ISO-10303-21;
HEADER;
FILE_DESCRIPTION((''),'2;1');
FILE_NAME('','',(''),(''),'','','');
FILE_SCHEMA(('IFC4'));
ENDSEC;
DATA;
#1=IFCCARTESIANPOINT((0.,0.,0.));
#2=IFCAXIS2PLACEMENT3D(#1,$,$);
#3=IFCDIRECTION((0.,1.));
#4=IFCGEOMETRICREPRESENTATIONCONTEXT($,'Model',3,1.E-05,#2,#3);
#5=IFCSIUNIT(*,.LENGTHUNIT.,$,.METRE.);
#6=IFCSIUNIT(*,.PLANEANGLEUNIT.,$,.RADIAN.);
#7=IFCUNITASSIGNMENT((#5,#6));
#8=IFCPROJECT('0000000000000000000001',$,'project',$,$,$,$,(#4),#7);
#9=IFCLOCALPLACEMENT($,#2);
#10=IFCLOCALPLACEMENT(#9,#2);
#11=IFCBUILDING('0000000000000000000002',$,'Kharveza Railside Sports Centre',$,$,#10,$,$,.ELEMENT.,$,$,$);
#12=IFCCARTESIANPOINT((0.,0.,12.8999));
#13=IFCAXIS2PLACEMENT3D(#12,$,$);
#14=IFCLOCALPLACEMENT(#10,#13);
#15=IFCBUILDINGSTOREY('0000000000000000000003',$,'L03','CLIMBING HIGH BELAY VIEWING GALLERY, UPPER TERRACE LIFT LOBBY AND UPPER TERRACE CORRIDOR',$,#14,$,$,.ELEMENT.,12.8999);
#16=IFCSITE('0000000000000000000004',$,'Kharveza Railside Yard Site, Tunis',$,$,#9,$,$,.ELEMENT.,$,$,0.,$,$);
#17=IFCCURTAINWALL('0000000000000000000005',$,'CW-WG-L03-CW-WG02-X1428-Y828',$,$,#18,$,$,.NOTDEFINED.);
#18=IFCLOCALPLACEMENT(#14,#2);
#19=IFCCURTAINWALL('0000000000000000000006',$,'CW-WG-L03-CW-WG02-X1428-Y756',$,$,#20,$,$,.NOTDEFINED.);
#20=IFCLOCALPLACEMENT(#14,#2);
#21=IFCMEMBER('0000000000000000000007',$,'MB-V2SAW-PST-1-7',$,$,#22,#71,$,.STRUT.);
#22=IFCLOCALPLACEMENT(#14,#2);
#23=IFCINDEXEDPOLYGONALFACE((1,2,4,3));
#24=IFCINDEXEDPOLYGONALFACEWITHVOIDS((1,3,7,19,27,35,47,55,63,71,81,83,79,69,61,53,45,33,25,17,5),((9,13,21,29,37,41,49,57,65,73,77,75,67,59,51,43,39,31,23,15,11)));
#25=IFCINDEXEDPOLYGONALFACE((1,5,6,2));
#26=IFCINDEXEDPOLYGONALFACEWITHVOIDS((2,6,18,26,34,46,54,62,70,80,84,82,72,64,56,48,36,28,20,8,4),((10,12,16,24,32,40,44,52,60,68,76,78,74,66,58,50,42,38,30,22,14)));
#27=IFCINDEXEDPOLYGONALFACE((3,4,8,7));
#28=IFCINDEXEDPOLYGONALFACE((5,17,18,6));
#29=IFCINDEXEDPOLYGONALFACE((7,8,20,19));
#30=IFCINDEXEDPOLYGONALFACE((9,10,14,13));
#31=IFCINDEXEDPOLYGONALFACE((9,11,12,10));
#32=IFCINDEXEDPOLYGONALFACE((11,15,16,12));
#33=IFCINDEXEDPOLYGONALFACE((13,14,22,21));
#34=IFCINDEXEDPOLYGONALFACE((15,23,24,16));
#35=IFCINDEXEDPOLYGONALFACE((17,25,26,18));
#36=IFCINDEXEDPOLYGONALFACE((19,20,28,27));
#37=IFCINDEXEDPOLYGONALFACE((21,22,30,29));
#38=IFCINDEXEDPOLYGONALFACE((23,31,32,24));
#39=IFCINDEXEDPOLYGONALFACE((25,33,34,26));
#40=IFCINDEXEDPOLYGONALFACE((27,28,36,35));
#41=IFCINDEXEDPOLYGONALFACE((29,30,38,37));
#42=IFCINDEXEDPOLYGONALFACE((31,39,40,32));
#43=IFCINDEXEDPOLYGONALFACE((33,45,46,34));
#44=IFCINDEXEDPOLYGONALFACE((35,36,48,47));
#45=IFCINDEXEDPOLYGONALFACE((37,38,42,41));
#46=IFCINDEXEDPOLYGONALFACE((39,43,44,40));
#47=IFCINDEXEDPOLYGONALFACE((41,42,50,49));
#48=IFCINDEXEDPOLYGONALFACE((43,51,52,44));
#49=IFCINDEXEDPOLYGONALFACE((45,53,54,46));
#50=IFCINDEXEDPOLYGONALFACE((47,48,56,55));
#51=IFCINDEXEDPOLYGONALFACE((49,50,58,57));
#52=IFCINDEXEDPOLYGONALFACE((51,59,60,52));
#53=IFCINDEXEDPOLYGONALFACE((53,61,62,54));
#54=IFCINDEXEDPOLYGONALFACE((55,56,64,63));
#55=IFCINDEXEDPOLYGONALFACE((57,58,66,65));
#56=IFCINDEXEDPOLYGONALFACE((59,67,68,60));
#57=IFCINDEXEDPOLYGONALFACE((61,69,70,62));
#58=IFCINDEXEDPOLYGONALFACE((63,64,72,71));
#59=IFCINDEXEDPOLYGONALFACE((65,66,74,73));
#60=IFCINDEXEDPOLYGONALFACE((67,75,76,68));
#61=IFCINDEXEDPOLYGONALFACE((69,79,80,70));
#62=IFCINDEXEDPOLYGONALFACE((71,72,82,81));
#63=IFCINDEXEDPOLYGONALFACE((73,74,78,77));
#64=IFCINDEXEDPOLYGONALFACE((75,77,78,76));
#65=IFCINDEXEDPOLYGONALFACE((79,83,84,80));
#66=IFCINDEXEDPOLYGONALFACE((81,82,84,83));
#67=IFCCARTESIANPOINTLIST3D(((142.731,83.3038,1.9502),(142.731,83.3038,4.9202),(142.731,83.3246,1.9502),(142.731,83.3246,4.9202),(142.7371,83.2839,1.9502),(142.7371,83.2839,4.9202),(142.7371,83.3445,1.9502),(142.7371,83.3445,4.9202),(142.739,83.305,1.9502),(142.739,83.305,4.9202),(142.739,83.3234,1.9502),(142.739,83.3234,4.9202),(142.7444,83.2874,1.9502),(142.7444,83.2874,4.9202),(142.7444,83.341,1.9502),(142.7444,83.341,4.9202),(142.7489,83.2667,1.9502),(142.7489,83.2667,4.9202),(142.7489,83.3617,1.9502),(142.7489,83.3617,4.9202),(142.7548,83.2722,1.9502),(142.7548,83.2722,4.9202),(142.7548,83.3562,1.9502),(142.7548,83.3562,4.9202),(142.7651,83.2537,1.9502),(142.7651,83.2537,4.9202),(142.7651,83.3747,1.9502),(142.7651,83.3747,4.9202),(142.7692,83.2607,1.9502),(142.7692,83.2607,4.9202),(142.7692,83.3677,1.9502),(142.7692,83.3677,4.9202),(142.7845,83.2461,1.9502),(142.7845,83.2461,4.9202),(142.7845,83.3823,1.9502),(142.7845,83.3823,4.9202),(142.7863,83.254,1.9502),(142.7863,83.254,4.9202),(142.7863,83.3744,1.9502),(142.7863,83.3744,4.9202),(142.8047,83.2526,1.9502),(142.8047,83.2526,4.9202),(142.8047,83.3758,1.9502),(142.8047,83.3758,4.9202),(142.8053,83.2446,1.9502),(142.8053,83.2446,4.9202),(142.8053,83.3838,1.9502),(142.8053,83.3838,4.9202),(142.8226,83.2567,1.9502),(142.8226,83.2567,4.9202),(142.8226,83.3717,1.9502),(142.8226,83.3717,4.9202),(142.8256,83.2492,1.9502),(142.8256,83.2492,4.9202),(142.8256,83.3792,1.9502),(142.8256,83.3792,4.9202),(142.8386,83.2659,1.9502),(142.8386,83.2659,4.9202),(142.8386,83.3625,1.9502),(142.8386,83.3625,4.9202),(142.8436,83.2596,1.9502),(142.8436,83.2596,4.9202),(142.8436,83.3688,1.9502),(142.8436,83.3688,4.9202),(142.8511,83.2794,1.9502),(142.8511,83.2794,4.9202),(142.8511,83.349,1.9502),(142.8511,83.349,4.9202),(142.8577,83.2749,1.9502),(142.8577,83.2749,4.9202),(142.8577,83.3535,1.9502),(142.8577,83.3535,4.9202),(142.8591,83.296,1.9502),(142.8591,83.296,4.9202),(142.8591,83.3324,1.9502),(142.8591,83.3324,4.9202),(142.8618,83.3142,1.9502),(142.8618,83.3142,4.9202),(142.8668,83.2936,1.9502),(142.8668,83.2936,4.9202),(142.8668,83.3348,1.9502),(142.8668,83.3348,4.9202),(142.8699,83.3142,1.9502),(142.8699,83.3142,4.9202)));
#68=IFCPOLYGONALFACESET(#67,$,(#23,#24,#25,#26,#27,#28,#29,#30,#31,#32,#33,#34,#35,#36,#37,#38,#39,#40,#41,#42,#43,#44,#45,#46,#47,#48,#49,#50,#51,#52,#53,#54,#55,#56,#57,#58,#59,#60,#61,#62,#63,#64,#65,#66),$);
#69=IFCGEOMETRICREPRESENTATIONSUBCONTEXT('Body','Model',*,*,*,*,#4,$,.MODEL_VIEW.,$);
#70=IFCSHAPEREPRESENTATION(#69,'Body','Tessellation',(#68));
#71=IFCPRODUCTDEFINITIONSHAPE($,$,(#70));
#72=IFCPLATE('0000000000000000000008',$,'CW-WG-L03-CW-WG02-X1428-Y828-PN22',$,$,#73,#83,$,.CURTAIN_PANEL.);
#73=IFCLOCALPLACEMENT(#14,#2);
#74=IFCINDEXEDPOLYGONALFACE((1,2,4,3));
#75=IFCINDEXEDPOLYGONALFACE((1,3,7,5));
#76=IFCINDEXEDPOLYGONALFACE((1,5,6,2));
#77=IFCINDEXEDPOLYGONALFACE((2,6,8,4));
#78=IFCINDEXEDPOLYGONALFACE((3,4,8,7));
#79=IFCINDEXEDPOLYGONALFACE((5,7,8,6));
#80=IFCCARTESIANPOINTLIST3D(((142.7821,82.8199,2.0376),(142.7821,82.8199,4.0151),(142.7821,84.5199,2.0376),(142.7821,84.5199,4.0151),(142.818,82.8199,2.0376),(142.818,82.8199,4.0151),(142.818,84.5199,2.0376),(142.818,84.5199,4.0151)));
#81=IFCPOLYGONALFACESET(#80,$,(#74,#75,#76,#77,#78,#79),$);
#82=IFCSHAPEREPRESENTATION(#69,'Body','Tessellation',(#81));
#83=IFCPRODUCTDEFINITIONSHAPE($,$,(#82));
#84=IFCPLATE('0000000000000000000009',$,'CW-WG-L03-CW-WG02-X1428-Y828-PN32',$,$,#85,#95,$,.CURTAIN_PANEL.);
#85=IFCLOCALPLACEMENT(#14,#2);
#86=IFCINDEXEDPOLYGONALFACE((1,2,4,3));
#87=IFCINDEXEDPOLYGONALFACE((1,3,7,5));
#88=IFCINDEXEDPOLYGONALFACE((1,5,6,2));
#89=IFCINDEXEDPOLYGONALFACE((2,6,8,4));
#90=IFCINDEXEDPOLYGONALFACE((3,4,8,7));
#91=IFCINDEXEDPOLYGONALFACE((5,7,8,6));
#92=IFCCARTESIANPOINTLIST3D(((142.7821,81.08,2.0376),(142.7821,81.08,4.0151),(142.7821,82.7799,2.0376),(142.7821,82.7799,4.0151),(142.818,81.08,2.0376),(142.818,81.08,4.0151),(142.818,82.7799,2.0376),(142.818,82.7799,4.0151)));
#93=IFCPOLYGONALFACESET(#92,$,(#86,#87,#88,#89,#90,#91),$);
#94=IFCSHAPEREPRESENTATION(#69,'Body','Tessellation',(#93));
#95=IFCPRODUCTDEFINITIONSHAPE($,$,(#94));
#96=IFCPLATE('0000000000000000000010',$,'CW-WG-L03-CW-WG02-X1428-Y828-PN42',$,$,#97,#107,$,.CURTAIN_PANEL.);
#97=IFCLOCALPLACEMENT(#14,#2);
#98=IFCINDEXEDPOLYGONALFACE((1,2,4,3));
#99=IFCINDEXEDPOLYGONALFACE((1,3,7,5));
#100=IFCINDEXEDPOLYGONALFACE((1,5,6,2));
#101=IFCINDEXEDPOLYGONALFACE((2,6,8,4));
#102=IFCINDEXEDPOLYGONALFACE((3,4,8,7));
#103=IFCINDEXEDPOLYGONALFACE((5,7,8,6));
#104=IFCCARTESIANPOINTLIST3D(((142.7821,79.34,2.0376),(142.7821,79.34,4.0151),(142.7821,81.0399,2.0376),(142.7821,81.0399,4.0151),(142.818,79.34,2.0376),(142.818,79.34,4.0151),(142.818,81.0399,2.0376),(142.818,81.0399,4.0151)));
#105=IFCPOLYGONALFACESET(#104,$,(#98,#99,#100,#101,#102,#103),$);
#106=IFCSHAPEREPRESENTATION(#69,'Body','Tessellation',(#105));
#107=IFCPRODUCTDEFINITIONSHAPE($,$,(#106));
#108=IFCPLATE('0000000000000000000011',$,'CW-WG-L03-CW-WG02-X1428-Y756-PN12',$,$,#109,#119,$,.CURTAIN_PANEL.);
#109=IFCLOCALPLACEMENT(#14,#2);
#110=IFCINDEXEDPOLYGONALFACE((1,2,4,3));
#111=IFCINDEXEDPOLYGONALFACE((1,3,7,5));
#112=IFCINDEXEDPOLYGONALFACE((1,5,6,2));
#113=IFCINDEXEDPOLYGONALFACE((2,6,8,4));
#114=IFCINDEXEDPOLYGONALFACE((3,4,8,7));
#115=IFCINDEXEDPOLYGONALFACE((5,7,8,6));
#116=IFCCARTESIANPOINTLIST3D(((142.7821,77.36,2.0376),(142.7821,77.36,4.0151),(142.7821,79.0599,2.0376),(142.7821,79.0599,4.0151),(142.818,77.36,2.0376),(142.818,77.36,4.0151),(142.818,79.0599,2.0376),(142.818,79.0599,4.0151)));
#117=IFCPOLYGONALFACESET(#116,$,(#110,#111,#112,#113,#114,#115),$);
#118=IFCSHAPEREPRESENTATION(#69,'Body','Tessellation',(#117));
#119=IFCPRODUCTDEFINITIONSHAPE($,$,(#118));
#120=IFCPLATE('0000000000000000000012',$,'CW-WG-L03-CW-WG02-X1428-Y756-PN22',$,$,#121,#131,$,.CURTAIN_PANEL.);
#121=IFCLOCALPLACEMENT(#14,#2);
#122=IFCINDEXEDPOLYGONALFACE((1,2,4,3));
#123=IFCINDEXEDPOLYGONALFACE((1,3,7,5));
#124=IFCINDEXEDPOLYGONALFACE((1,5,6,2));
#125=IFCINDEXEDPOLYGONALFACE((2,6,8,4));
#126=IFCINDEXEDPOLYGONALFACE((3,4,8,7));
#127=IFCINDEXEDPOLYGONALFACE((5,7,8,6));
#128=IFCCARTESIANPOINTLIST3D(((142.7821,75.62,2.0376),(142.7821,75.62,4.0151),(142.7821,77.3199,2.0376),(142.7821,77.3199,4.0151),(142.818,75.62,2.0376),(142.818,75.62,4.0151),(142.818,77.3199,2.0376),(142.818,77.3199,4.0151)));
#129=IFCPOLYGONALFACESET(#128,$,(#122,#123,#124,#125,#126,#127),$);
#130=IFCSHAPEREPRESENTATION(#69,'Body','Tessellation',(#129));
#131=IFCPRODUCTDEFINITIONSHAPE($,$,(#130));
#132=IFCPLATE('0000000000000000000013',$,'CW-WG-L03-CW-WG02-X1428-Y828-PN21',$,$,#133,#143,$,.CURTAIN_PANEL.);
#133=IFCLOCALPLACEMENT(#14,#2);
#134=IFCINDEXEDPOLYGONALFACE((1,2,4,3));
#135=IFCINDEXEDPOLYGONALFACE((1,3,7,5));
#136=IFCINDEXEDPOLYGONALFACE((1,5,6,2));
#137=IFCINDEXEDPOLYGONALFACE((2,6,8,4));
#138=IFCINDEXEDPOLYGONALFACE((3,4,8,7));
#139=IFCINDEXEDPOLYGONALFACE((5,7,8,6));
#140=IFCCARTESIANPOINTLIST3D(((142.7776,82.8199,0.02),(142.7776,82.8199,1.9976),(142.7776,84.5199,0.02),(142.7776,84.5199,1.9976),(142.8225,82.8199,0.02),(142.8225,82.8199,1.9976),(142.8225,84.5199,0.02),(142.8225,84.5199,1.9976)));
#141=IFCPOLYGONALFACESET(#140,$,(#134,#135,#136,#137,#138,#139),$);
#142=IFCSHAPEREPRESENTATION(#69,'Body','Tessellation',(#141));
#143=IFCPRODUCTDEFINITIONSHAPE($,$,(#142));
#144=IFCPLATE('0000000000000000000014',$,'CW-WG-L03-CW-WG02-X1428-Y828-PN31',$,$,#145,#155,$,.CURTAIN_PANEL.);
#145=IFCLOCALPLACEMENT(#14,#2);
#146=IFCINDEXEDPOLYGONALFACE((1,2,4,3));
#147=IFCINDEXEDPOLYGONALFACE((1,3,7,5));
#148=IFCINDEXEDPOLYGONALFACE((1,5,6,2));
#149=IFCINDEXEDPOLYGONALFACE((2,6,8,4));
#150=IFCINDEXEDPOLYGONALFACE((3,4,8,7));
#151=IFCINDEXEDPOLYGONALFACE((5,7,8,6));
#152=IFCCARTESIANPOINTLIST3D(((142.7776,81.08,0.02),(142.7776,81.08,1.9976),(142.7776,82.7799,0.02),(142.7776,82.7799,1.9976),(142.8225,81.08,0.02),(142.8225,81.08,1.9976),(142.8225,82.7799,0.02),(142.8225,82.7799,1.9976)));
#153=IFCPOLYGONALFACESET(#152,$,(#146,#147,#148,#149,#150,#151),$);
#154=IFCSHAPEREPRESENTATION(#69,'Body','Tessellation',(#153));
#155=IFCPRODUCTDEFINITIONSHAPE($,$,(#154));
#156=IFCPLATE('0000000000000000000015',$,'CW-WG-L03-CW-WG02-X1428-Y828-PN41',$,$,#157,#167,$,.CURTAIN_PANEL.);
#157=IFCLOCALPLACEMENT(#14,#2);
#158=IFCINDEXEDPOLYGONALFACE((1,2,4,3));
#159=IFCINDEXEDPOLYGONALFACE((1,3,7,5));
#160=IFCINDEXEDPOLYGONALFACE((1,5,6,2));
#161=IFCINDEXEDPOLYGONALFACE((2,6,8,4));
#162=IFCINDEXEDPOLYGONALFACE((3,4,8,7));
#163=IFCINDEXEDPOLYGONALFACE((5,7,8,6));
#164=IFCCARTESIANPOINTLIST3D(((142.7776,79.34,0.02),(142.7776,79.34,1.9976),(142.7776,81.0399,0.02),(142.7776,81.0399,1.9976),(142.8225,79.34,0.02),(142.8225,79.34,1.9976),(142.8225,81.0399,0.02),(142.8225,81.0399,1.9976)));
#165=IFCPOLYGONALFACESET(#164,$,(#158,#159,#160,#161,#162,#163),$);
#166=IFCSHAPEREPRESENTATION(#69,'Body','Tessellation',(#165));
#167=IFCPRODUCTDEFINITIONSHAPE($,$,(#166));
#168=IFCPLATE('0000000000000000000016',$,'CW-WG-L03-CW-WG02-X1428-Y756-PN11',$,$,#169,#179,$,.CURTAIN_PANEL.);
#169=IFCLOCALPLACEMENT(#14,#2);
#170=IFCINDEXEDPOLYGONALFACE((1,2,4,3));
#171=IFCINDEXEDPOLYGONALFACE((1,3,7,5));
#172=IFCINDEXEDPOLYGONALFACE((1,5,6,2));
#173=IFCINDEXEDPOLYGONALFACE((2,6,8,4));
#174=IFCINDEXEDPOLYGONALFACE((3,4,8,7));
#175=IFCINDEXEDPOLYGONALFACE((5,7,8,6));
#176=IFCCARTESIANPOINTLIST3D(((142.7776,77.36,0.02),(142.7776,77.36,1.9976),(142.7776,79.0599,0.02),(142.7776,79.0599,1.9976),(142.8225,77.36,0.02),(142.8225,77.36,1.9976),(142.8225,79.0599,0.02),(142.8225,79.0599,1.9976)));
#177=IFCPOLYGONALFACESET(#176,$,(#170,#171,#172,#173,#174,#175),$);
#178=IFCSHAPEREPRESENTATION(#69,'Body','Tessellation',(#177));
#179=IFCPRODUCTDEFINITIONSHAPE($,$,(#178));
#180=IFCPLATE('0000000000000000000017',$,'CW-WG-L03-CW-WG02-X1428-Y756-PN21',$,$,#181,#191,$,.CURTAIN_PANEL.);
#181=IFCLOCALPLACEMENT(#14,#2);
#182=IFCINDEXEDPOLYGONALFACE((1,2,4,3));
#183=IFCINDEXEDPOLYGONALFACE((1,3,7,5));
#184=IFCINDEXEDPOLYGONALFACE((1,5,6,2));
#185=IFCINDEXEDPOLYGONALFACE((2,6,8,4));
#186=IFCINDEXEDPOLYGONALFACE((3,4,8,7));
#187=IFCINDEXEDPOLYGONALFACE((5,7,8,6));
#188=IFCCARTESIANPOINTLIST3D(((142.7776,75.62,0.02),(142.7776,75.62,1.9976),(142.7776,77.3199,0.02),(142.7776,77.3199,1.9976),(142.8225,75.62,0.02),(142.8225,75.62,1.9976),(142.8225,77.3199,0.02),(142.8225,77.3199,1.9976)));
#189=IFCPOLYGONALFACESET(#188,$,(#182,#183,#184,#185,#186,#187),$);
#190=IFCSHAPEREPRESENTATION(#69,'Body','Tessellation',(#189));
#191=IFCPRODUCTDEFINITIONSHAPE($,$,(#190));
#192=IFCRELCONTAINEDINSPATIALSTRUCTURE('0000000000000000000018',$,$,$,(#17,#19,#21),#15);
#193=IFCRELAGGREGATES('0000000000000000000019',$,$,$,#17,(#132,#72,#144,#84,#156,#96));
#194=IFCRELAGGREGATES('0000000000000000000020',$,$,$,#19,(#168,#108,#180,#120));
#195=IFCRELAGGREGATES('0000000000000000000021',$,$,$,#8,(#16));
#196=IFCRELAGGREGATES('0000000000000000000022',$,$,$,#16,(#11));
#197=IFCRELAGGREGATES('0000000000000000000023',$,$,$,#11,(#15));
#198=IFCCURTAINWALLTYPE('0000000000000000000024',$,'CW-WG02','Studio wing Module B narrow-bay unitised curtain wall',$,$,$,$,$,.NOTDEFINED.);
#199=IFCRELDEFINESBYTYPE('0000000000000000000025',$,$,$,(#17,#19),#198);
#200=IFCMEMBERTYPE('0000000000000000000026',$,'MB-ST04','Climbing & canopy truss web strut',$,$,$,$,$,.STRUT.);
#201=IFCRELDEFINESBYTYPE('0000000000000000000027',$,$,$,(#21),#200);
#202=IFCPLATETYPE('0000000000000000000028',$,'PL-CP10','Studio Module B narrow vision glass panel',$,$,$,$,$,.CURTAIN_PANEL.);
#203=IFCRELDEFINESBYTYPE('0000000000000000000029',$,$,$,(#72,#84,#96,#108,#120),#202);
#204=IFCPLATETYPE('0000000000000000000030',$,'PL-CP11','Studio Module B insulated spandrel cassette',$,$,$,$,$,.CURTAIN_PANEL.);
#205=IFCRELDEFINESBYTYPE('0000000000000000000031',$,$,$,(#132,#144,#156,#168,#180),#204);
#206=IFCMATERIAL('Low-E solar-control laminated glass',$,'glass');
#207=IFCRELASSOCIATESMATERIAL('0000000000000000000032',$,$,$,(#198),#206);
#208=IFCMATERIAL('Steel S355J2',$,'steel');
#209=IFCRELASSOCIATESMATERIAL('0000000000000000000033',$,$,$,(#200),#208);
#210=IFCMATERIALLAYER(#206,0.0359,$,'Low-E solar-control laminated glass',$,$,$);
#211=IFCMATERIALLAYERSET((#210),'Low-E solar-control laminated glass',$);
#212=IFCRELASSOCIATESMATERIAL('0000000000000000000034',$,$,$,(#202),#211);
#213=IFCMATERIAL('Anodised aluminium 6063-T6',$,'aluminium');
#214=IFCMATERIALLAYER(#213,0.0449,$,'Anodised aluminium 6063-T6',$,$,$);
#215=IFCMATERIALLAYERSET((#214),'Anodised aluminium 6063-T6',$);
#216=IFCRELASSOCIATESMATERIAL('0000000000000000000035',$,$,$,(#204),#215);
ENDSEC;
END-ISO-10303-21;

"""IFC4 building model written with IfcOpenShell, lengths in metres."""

from ifc_helpers import new_model, si_unit, direction, frame, origin, origin_2d, place, context, subcontext, project, spatial, rectangle, hollow_circle, extrude, material, layer, layer_set, material_profile, profile_set, type_object, element, aggregate, save


model = new_model("IFC4")

# Units and contexts
model_context = context("Model", 3, precision=1e-05, world=origin(), true_north=direction((0.0, 1.0)))
body_context = subcontext(model_context, "Body", "Model", "MODEL_VIEW")
ifc_project = project(units=[si_unit("LENGTHUNIT", "METRE"), si_unit("PLANEANGLEUNIT", "RADIAN")], contexts=[model_context])

# Site, building, storey
site_placement = place(None, origin())
site = spatial("IfcSite", under=ifc_project, at=site_placement, Name="Kharveza Railside Yard Site, Tunis", CompositionType="ELEMENT", RefElevation=0.0)
building_placement = place(site_placement, origin())
building = spatial("IfcBuilding", under=site, at=building_placement, Name="Kharveza Railside Sports Centre", CompositionType="ELEMENT")
storey_placement = place(building_placement, frame((0.0, 0.0, 12.8999)))
storey = spatial("IfcBuildingStorey", under=building, at=storey_placement, Name="L03", Description="CLIMBING HIGH BELAY VIEWING GALLERY, UPPER TERRACE LIFT LOBBY AND UPPER TERRACE CORRIDOR", CompositionType="ELEMENT", Elevation=12.8999)

# Shared definitions
ifc_material_1 = material(Name="Steel S355J2", Category="steel")

# Curtain walls
ifc_material_2 = material(Name="Low-E solar-control laminated glass", Category="glass")
curtain_wall_type = type_object("IfcCurtainWallType", Name="CW-WG02", Description="Studio wing Module B narrow-bay unitised curtain wall", PredefinedType="NOTDEFINED", material=ifc_material_2)
curtain_wall_1_placement = place(storey_placement, origin())
curtain_wall_1 = element("IfcCurtainWall", 1, at=curtain_wall_1_placement, inside=storey, type_object=curtain_wall_type, Name="CW-WG-L03-CW-WG02-X1428-Y828", PredefinedType="NOTDEFINED")
ifc_material_3 = material(Name="Anodised aluminium 6063-T6", Category="aluminium")
curtain_wall_2_placement = place(storey_placement, origin())
curtain_wall_2 = element("IfcCurtainWall", 2, at=curtain_wall_2_placement, inside=storey, type_object=curtain_wall_type, Name="CW-WG-L03-CW-WG02-X1428-Y756", PredefinedType="NOTDEFINED")

# Member
ifc_material_profile_1 = material_profile(ifc_material_1, hollow_circle(Radius=0.0698, WallThickness=0.0081, at=origin_2d()), Name="CHS 139.7x8.0")
ifc_profile_set_1 = profile_set([ifc_material_profile_1], Name="Steel S355J2")
member_type_1 = type_object("IfcMemberType", Name="MB-ST04", Description="Climbing & canopy truss web strut", PredefinedType="STRUT", material=ifc_profile_set_1)
member_1_placement = place(storey_placement, frame((142.8, 83.3142, 1.9502), z_axis=(0.0, 0.0, 1.0), x_axis=(1.0, 0.0, 0.0)))
element("IfcMember", 3, at=member_1_placement, inside=storey, type_object=member_type_1, Name="MB-V2SAW-PST-1-7", PredefinedType="STRUT", context=body_context, shape_type="SweptSolid", body=[
    extrude(hollow_circle(Radius=0.0698, WallThickness=0.0081, at=origin_2d()), origin(), (0.0, 0.0, 1.0), 2.97),
])

# Plates
ifc_layer_1 = layer(ifc_material_2, 0.0359, Name="Low-E solar-control laminated glass")
ifc_layer_set_1 = layer_set([ifc_layer_1], Name="Low-E solar-control laminated glass")
plate_type_1 = type_object("IfcPlateType", Name="PL-CP10", Description="Studio Module B narrow vision glass panel", PredefinedType="CURTAIN_PANEL", material=ifc_layer_set_1)
plate_1_placement = place(storey_placement, frame((142.8, 83.6699, 2.0376), z_axis=(0.0, 0.0, 1.0), x_axis=(0.0, -1.0, 0.0)))
plate_1 = element("IfcPlate", 4, at=plate_1_placement, type_object=plate_type_1, Name="CW-WG-L03-CW-WG02-X1428-Y828-PN22", PredefinedType="CURTAIN_PANEL", context=body_context, shape_type="SweptSolid", body=[
    extrude(rectangle(XDim=1.7, YDim=0.0359, at=origin_2d()), origin(), (0.0, 0.0, 1.0), 1.9775),
])
plate_2_placement = place(storey_placement, frame((142.8, 81.9299, 2.0376), z_axis=(0.0, 0.0, 1.0), x_axis=(0.0, -1.0, 0.0)))
plate_2 = element("IfcPlate", 5, at=plate_2_placement, type_object=plate_type_1, Name="CW-WG-L03-CW-WG02-X1428-Y828-PN32", PredefinedType="CURTAIN_PANEL", context=body_context, shape_type="SweptSolid", body=[
    extrude(rectangle(XDim=1.7, YDim=0.0359, at=origin_2d()), origin(), (0.0, 0.0, 1.0), 1.9775),
])
plate_3_placement = place(storey_placement, frame((142.8, 80.1899, 2.0376), z_axis=(0.0, 0.0, 1.0), x_axis=(0.0, -1.0, 0.0)))
plate_3 = element("IfcPlate", 6, at=plate_3_placement, type_object=plate_type_1, Name="CW-WG-L03-CW-WG02-X1428-Y828-PN42", PredefinedType="CURTAIN_PANEL", context=body_context, shape_type="SweptSolid", body=[
    extrude(rectangle(XDim=1.7, YDim=0.0359, at=origin_2d()), origin(), (0.0, 0.0, 1.0), 1.9775),
])
plate_4_placement = place(storey_placement, frame((142.8, 78.21, 2.0376), z_axis=(0.0, 0.0, 1.0), x_axis=(0.0, -1.0, 0.0)))
plate_4 = element("IfcPlate", 7, at=plate_4_placement, type_object=plate_type_1, Name="CW-WG-L03-CW-WG02-X1428-Y756-PN12", PredefinedType="CURTAIN_PANEL", context=body_context, shape_type="SweptSolid", body=[
    extrude(rectangle(XDim=1.7, YDim=0.0359, at=origin_2d()), origin(), (0.0, 0.0, 1.0), 1.9775),
])
plate_5_placement = place(storey_placement, frame((142.8, 76.47, 2.0376), z_axis=(0.0, 0.0, 1.0), x_axis=(0.0, -1.0, 0.0)))
plate_5 = element("IfcPlate", 8, at=plate_5_placement, type_object=plate_type_1, Name="CW-WG-L03-CW-WG02-X1428-Y756-PN22", PredefinedType="CURTAIN_PANEL", context=body_context, shape_type="SweptSolid", body=[
    extrude(rectangle(XDim=1.7, YDim=0.0359, at=origin_2d()), origin(), (0.0, 0.0, 1.0), 1.9775),
])
ifc_layer_2 = layer(ifc_material_3, 0.0449, Name="Anodised aluminium 6063-T6")
ifc_layer_set_2 = layer_set([ifc_layer_2], Name="Anodised aluminium 6063-T6")
plate_type_2 = type_object("IfcPlateType", Name="PL-CP11", Description="Studio Module B insulated spandrel cassette", PredefinedType="CURTAIN_PANEL", material=ifc_layer_set_2)
plate_6_placement = place(storey_placement, frame((142.8, 83.6699, 0.02), z_axis=(0.0, 0.0, 1.0), x_axis=(0.0, -1.0, 0.0)))
plate_6 = element("IfcPlate", 9, at=plate_6_placement, type_object=plate_type_2, Name="CW-WG-L03-CW-WG02-X1428-Y828-PN21", PredefinedType="CURTAIN_PANEL", context=body_context, shape_type="SweptSolid", body=[
    extrude(rectangle(XDim=1.7, YDim=0.0449, at=origin_2d()), origin(), (0.0, 0.0, 1.0), 1.9775),
])
plate_7_placement = place(storey_placement, frame((142.8, 81.9299, 0.02), z_axis=(0.0, 0.0, 1.0), x_axis=(0.0, -1.0, 0.0)))
plate_7 = element("IfcPlate", 10, at=plate_7_placement, type_object=plate_type_2, Name="CW-WG-L03-CW-WG02-X1428-Y828-PN31", PredefinedType="CURTAIN_PANEL", context=body_context, shape_type="SweptSolid", body=[
    extrude(rectangle(XDim=1.7, YDim=0.0449, at=origin_2d()), origin(), (0.0, 0.0, 1.0), 1.9775),
])
plate_8_placement = place(storey_placement, frame((142.8, 80.1899, 0.02), z_axis=(0.0, 0.0, 1.0), x_axis=(0.0, -1.0, 0.0)))
plate_8 = element("IfcPlate", 11, at=plate_8_placement, type_object=plate_type_2, Name="CW-WG-L03-CW-WG02-X1428-Y828-PN41", PredefinedType="CURTAIN_PANEL", context=body_context, shape_type="SweptSolid", body=[
    extrude(rectangle(XDim=1.7, YDim=0.0449, at=origin_2d()), origin(), (0.0, 0.0, 1.0), 1.9775),
])
aggregate(curtain_wall_1, [plate_6, plate_1, plate_7, plate_2, plate_8, plate_3])
plate_9_placement = place(storey_placement, frame((142.8, 78.21, 0.02), z_axis=(0.0, 0.0, 1.0), x_axis=(0.0, -1.0, 0.0)))
plate_9 = element("IfcPlate", 12, at=plate_9_placement, type_object=plate_type_2, Name="CW-WG-L03-CW-WG02-X1428-Y756-PN11", PredefinedType="CURTAIN_PANEL", context=body_context, shape_type="SweptSolid", body=[
    extrude(rectangle(XDim=1.7, YDim=0.0449, at=origin_2d()), origin(), (0.0, 0.0, 1.0), 1.9775),
])
plate_10_placement = place(storey_placement, frame((142.8, 76.47, 0.02), z_axis=(0.0, 0.0, 1.0), x_axis=(0.0, -1.0, 0.0)))
plate_10 = element("IfcPlate", 13, at=plate_10_placement, type_object=plate_type_2, Name="CW-WG-L03-CW-WG02-X1428-Y756-PN21", PredefinedType="CURTAIN_PANEL", context=body_context, shape_type="SweptSolid", body=[
    extrude(rectangle(XDim=1.7, YDim=0.0449, at=origin_2d()), origin(), (0.0, 0.0, 1.0), 1.9775),
])
aggregate(curtain_wall_2, [plate_9, plate_4, plate_10, plate_5])

save(model, "model.ifc")
